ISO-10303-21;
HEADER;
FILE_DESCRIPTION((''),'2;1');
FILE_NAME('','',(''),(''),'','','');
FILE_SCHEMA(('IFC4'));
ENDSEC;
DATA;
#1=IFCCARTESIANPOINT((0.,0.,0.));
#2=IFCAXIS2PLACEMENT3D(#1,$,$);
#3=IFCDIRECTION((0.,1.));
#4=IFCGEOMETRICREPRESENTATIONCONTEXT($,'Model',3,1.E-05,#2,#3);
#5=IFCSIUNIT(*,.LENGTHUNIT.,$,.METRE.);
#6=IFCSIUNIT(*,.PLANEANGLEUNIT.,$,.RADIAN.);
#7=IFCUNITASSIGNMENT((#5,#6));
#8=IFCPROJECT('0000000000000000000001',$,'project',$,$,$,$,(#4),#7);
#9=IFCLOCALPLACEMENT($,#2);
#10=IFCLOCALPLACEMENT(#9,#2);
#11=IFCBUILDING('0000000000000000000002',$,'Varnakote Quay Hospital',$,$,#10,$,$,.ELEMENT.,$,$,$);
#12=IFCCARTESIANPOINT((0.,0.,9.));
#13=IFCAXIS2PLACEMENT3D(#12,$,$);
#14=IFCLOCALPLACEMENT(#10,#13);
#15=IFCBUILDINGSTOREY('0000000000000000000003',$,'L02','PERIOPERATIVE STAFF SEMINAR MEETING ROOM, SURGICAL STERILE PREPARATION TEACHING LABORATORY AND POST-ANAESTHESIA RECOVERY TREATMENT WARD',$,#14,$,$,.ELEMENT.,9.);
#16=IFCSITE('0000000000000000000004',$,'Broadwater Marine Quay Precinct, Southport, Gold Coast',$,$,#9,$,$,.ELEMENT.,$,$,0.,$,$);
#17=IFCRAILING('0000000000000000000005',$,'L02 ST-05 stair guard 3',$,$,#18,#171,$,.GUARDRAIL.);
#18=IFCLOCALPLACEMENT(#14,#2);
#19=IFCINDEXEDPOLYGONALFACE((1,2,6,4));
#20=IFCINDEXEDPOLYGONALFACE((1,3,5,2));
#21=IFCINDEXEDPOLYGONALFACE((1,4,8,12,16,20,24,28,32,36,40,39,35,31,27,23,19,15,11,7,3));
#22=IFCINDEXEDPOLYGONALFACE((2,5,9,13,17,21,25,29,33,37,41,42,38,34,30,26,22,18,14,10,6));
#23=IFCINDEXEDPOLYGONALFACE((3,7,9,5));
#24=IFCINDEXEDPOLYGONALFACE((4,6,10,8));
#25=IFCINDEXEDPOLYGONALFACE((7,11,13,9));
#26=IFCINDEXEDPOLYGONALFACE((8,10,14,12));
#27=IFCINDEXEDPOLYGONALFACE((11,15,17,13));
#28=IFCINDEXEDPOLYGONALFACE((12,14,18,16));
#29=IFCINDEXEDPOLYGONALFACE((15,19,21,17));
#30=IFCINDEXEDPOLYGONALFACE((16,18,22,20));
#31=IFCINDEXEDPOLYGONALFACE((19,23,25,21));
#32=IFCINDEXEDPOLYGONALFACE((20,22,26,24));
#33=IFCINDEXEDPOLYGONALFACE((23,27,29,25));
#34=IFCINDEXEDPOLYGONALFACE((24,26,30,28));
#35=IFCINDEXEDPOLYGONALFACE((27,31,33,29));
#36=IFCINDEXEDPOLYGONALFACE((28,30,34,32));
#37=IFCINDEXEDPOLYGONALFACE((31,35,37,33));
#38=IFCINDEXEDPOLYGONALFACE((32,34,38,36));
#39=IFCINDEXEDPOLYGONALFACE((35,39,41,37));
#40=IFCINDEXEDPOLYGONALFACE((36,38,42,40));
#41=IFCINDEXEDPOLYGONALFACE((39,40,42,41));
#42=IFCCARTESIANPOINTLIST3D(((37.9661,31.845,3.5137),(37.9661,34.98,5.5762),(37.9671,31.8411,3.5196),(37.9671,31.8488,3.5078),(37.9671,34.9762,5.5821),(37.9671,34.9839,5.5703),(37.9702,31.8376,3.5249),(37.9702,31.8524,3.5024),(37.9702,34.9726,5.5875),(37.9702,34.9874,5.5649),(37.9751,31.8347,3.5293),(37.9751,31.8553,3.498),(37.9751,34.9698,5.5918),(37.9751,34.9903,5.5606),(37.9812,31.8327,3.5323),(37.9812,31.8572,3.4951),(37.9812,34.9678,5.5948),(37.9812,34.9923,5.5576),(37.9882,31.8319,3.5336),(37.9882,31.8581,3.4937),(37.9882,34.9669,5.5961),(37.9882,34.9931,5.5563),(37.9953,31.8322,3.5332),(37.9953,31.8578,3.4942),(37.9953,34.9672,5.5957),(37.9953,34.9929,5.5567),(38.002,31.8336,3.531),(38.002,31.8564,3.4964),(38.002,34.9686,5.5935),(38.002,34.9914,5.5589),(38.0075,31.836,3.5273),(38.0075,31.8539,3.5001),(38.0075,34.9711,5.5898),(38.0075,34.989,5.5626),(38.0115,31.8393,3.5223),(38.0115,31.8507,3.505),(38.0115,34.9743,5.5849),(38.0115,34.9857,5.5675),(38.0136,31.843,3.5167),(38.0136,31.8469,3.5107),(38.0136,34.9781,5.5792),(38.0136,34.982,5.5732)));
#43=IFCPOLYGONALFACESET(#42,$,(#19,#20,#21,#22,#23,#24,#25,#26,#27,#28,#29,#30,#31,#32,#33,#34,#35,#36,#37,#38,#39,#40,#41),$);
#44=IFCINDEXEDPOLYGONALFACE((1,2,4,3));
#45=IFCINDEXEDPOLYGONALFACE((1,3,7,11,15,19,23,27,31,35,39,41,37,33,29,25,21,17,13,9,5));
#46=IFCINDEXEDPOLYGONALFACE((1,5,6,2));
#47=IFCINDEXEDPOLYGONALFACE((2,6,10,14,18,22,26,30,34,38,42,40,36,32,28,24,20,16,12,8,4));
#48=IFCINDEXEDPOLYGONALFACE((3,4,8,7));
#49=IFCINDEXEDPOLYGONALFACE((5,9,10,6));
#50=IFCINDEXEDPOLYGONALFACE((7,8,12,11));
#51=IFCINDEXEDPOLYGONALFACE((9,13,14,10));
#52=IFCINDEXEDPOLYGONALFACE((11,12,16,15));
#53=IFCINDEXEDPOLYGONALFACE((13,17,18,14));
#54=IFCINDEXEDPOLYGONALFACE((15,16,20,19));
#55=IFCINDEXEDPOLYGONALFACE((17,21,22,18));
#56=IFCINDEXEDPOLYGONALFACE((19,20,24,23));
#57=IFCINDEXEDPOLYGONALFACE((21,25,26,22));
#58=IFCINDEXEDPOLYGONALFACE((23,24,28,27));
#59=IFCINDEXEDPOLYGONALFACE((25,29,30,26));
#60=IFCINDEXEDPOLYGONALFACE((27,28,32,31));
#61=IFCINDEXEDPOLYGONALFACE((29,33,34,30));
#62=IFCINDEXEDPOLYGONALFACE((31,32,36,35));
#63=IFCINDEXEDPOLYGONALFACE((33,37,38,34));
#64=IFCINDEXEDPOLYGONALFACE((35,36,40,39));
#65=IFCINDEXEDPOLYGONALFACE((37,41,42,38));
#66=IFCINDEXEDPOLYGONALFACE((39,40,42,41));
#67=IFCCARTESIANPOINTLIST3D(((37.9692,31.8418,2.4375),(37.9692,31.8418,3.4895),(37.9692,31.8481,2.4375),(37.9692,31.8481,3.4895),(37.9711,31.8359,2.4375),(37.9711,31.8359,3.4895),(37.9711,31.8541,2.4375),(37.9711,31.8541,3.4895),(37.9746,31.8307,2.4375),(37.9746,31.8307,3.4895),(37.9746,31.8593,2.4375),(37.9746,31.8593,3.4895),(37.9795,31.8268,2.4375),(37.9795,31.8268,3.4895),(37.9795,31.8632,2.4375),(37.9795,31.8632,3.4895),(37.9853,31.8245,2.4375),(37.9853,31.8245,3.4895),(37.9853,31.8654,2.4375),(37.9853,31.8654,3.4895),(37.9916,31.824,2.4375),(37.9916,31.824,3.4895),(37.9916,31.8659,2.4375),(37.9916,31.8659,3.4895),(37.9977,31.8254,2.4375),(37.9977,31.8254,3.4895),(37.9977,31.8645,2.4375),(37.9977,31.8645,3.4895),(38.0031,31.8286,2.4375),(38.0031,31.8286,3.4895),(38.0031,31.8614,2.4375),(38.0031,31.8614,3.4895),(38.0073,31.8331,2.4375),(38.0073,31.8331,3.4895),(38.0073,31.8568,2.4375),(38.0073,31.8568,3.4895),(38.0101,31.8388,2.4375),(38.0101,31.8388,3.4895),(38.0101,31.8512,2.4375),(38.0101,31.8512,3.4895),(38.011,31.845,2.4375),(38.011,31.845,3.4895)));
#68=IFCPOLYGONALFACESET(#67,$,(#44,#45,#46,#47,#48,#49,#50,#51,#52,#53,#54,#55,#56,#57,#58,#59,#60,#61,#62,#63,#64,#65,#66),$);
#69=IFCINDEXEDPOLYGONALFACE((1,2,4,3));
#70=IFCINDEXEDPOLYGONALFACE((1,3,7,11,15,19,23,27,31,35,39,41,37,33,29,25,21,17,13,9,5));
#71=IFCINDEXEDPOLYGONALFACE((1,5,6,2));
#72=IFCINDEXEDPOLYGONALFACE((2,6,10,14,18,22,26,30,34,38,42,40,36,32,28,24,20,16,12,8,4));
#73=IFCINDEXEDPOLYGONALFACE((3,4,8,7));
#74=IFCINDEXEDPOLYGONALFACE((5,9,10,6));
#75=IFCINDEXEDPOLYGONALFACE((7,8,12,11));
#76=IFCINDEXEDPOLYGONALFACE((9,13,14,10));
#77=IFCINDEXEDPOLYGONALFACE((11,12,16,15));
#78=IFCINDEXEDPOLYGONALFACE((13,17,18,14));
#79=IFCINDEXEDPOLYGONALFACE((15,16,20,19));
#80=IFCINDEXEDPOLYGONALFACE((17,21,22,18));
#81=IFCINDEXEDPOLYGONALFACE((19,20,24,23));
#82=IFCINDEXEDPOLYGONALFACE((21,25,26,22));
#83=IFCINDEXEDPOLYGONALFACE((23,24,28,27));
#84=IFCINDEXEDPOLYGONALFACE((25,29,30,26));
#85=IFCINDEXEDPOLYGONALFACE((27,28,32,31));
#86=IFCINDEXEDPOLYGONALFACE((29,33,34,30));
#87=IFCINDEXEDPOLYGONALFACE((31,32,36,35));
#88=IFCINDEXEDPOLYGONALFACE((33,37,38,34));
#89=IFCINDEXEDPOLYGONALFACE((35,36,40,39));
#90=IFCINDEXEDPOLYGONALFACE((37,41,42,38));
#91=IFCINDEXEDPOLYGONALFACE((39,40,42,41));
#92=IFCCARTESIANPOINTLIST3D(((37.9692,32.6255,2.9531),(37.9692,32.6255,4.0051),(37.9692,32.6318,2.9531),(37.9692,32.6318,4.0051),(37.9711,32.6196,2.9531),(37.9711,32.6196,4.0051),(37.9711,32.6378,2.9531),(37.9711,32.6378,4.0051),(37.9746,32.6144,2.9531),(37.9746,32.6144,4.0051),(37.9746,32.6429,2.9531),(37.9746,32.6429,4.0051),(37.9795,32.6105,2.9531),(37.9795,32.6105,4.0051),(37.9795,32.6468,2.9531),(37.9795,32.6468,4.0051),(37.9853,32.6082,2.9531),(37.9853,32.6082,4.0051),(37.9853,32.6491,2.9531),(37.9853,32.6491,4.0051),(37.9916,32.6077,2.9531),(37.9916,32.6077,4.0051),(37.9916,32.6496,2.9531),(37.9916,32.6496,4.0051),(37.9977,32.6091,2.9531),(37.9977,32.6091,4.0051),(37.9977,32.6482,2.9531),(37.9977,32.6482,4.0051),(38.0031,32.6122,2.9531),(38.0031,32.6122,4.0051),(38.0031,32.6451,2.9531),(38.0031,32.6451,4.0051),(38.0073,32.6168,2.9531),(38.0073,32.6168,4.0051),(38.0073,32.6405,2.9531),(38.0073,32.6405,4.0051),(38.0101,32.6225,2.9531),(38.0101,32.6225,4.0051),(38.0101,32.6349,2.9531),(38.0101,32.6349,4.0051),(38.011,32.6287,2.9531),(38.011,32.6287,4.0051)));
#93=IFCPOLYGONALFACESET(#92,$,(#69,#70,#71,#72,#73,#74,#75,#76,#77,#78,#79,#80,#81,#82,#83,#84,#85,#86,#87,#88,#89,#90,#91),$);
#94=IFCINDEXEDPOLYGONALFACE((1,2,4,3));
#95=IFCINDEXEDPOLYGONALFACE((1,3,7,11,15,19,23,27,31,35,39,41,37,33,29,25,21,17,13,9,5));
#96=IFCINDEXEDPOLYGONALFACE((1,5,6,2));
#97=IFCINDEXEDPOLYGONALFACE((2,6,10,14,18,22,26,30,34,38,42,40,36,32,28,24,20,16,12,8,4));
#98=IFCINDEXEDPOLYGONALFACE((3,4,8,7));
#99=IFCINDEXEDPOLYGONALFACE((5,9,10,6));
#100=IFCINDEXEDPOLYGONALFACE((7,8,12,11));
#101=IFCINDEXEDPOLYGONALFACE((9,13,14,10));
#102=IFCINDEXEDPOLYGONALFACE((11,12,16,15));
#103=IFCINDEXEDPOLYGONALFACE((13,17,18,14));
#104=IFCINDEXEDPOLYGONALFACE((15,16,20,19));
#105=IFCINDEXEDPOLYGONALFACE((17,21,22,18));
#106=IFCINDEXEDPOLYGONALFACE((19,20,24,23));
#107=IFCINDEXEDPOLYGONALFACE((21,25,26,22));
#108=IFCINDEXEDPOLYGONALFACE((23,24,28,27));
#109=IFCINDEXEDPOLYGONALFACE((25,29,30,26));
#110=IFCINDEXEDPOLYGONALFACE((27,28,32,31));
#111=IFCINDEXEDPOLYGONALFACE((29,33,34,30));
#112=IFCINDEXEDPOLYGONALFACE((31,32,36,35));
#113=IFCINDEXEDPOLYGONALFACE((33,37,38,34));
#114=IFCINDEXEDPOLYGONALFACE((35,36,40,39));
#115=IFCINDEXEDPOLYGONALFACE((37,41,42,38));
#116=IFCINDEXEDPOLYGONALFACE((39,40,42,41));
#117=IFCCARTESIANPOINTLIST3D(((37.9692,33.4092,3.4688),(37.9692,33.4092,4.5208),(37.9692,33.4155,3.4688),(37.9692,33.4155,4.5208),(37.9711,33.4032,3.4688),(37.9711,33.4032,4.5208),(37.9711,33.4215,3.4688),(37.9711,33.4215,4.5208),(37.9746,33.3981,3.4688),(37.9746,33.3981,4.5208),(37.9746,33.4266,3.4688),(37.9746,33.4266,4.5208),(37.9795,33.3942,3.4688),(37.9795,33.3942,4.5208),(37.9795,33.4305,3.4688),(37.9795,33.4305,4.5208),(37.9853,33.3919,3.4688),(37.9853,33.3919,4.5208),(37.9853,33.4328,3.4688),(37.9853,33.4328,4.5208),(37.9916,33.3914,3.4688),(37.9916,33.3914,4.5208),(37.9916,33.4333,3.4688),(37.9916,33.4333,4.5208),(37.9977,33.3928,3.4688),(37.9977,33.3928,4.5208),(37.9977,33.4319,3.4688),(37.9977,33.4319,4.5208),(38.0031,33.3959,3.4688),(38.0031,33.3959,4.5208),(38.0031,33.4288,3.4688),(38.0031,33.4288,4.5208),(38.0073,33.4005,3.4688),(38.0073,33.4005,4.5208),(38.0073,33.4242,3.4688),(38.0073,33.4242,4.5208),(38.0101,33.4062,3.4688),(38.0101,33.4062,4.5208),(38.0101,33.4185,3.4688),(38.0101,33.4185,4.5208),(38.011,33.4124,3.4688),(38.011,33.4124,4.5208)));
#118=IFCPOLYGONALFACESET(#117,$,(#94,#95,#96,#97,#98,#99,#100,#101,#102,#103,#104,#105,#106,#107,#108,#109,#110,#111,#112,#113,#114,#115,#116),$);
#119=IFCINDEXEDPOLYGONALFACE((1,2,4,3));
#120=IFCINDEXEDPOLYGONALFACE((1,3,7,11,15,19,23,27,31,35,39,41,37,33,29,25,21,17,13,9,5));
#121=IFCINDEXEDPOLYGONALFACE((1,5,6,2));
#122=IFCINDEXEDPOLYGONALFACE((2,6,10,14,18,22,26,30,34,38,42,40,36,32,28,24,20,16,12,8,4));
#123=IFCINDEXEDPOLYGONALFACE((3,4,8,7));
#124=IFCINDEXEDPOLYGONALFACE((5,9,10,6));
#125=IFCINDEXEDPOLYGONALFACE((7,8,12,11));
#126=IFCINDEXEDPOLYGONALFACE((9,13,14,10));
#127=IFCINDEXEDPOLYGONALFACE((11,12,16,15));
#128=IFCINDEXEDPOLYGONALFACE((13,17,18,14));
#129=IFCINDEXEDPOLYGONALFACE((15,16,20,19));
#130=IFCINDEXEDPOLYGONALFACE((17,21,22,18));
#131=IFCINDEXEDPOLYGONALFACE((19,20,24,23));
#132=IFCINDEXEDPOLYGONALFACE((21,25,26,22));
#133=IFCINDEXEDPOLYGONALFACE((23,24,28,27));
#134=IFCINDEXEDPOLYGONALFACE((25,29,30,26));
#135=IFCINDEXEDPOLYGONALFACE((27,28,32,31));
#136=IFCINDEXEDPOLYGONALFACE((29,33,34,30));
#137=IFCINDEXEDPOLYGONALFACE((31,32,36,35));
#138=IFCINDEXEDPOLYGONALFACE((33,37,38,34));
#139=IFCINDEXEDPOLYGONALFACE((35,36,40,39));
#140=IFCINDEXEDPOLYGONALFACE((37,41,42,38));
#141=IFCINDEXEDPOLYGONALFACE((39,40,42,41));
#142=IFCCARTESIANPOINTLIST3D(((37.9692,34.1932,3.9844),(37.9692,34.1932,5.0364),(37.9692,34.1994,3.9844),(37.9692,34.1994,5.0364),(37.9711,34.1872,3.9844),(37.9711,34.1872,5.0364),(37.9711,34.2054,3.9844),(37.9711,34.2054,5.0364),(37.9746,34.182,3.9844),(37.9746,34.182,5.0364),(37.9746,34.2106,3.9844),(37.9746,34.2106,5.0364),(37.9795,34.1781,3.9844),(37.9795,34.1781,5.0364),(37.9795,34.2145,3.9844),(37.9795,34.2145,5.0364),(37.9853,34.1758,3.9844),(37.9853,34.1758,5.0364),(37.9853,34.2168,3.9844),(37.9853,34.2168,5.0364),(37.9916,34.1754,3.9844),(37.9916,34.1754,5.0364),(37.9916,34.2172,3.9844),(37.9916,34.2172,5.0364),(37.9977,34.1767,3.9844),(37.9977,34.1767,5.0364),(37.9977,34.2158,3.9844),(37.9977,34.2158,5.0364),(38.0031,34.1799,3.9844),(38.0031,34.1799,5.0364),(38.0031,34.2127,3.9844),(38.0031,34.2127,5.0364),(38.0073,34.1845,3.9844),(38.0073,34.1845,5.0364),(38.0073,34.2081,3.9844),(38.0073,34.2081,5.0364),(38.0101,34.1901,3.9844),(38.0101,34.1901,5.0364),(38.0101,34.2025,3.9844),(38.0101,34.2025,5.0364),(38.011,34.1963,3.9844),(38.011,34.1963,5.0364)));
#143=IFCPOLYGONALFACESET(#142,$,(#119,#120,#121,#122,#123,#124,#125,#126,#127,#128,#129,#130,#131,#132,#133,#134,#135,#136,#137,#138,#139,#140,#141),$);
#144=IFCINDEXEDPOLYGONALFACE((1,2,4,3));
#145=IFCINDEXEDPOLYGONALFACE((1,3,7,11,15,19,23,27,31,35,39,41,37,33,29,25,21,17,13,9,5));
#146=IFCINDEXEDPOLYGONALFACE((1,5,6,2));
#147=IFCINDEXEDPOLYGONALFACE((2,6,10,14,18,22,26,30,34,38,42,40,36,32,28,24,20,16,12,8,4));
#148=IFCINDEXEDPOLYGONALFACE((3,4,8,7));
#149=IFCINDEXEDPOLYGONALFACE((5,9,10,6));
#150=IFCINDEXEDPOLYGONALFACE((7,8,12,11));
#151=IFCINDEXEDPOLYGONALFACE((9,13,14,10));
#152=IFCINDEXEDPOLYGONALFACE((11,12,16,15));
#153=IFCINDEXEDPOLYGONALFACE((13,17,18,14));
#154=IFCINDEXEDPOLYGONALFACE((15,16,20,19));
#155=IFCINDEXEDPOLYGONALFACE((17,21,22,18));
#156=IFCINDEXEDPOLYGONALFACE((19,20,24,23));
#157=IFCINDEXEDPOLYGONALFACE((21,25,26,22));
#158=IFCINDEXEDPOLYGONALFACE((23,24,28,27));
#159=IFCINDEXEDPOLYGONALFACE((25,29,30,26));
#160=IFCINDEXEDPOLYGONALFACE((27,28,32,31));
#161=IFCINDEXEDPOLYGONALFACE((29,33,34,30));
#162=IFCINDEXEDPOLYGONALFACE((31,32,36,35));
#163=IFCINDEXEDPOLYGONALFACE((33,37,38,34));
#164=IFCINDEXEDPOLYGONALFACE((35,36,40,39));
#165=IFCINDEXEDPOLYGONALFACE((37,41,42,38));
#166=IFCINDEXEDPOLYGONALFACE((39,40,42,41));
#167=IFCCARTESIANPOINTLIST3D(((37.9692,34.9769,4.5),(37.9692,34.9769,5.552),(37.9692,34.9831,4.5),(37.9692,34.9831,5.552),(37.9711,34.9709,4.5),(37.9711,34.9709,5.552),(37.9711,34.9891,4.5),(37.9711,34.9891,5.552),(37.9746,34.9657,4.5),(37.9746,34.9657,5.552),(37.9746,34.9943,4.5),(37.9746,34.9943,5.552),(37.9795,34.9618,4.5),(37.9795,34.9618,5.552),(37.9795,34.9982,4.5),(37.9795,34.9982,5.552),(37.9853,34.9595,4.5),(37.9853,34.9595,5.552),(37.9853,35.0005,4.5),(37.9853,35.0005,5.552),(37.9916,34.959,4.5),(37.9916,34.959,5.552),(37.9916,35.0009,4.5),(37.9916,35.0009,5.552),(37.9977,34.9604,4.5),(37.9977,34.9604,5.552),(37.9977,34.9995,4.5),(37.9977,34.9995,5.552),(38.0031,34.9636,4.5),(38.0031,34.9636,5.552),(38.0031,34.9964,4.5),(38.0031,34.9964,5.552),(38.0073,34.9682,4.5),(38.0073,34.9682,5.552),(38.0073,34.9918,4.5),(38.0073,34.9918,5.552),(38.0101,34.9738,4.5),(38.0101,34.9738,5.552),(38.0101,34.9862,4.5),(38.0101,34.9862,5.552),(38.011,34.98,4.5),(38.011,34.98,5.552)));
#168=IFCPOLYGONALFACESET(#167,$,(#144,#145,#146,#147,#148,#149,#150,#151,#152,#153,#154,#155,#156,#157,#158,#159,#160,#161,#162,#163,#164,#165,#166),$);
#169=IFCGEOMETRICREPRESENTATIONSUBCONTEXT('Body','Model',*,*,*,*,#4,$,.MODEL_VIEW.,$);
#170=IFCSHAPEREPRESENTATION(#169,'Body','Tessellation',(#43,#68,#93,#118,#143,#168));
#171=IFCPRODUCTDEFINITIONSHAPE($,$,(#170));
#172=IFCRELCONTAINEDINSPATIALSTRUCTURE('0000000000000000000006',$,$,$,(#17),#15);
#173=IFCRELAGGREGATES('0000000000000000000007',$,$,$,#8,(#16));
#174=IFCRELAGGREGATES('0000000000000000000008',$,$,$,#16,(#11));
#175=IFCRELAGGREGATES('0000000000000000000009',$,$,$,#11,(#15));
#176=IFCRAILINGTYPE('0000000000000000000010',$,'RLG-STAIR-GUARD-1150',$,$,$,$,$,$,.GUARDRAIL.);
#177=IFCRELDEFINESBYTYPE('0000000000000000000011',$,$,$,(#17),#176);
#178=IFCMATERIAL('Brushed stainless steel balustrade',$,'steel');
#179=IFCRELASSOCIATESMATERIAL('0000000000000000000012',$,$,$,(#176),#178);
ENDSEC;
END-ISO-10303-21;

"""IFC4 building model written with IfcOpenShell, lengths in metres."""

from ifc_helpers import new_model, si_unit, direction, frame, origin, origin_2d, place, context, subcontext, project, spatial, circle, extrude, material, type_object, element, save


model = new_model("IFC4")

# Units and contexts
model_context = context("Model", 3, precision=1e-05, world=origin(), true_north=direction((0.0, 1.0)))
body_context = subcontext(model_context, "Body", "Model", "MODEL_VIEW")
ifc_project = project(units=[si_unit("LENGTHUNIT", "METRE"), si_unit("PLANEANGLEUNIT", "RADIAN")], contexts=[model_context])

# Site, building, storey
site_placement = place(None, origin())
site = spatial("IfcSite", under=ifc_project, at=site_placement, Name="Broadwater Marine Quay Precinct, Southport, Gold Coast", CompositionType="ELEMENT", RefElevation=0.0)
building_placement = place(site_placement, origin())
building = spatial("IfcBuilding", under=site, at=building_placement, Name="Varnakote Quay Hospital", CompositionType="ELEMENT")
storey_placement = place(building_placement, frame((0.0, 0.0, 9.0)))
storey = spatial("IfcBuildingStorey", under=building, at=storey_placement, Name="L02", Description="PERIOPERATIVE STAFF SEMINAR MEETING ROOM, SURGICAL STERILE PREPARATION TEACHING LABORATORY AND POST-ANAESTHESIA RECOVERY TREATMENT WARD", CompositionType="ELEMENT", Elevation=9.0)

# Railing
ifc_material_1 = material(Name="Brushed stainless steel balustrade", Category="steel")
railing_type_1 = type_object("IfcRailingType", Name="RLG-STAIR-GUARD-1150", PredefinedType="GUARDRAIL", material=ifc_material_1)
railing_1_placement = place(storey_placement, frame((37.99, 31.845, 2.4375)))
element("IfcRailing", 1, at=railing_1_placement, inside=storey, type_object=railing_type_1, Name="L02 ST-05 stair guard 3", PredefinedType="GUARDRAIL", context=body_context, shape_type="SweptSolid", body=[
    extrude(circle(Radius=0.0239, at=origin_2d()), frame((0.0, 0.0, 1.0762), z_axis=(0.0, 0.835418, 0.549615), x_axis=(-1.0, 0.0, 0.0)), (0.0, 0.0, 1.0), 3.7527),
    extrude(circle(Radius=0.021, at=origin_2d()), origin(), (0.0, 0.0, 1.0), 1.052),
    extrude(circle(Radius=0.021, at=origin_2d()), frame((0.0, 0.7837, 0.5156)), (0.0, 0.0, 1.0), 1.052),
    extrude(circle(Radius=0.021, at=origin_2d()), frame((0.0, 1.5674, 1.0312)), (0.0, 0.0, 1.0), 1.052),
    extrude(circle(Radius=0.021, at=origin_2d()), frame((0.0, 2.3513, 1.5469)), (0.0, 0.0, 1.0), 1.052),
    extrude(circle(Radius=0.021, at=origin_2d()), frame((0.0, 3.135, 2.0625)), (0.0, 0.0, 1.0), 1.052),
])

save(model, "model.ifc")
